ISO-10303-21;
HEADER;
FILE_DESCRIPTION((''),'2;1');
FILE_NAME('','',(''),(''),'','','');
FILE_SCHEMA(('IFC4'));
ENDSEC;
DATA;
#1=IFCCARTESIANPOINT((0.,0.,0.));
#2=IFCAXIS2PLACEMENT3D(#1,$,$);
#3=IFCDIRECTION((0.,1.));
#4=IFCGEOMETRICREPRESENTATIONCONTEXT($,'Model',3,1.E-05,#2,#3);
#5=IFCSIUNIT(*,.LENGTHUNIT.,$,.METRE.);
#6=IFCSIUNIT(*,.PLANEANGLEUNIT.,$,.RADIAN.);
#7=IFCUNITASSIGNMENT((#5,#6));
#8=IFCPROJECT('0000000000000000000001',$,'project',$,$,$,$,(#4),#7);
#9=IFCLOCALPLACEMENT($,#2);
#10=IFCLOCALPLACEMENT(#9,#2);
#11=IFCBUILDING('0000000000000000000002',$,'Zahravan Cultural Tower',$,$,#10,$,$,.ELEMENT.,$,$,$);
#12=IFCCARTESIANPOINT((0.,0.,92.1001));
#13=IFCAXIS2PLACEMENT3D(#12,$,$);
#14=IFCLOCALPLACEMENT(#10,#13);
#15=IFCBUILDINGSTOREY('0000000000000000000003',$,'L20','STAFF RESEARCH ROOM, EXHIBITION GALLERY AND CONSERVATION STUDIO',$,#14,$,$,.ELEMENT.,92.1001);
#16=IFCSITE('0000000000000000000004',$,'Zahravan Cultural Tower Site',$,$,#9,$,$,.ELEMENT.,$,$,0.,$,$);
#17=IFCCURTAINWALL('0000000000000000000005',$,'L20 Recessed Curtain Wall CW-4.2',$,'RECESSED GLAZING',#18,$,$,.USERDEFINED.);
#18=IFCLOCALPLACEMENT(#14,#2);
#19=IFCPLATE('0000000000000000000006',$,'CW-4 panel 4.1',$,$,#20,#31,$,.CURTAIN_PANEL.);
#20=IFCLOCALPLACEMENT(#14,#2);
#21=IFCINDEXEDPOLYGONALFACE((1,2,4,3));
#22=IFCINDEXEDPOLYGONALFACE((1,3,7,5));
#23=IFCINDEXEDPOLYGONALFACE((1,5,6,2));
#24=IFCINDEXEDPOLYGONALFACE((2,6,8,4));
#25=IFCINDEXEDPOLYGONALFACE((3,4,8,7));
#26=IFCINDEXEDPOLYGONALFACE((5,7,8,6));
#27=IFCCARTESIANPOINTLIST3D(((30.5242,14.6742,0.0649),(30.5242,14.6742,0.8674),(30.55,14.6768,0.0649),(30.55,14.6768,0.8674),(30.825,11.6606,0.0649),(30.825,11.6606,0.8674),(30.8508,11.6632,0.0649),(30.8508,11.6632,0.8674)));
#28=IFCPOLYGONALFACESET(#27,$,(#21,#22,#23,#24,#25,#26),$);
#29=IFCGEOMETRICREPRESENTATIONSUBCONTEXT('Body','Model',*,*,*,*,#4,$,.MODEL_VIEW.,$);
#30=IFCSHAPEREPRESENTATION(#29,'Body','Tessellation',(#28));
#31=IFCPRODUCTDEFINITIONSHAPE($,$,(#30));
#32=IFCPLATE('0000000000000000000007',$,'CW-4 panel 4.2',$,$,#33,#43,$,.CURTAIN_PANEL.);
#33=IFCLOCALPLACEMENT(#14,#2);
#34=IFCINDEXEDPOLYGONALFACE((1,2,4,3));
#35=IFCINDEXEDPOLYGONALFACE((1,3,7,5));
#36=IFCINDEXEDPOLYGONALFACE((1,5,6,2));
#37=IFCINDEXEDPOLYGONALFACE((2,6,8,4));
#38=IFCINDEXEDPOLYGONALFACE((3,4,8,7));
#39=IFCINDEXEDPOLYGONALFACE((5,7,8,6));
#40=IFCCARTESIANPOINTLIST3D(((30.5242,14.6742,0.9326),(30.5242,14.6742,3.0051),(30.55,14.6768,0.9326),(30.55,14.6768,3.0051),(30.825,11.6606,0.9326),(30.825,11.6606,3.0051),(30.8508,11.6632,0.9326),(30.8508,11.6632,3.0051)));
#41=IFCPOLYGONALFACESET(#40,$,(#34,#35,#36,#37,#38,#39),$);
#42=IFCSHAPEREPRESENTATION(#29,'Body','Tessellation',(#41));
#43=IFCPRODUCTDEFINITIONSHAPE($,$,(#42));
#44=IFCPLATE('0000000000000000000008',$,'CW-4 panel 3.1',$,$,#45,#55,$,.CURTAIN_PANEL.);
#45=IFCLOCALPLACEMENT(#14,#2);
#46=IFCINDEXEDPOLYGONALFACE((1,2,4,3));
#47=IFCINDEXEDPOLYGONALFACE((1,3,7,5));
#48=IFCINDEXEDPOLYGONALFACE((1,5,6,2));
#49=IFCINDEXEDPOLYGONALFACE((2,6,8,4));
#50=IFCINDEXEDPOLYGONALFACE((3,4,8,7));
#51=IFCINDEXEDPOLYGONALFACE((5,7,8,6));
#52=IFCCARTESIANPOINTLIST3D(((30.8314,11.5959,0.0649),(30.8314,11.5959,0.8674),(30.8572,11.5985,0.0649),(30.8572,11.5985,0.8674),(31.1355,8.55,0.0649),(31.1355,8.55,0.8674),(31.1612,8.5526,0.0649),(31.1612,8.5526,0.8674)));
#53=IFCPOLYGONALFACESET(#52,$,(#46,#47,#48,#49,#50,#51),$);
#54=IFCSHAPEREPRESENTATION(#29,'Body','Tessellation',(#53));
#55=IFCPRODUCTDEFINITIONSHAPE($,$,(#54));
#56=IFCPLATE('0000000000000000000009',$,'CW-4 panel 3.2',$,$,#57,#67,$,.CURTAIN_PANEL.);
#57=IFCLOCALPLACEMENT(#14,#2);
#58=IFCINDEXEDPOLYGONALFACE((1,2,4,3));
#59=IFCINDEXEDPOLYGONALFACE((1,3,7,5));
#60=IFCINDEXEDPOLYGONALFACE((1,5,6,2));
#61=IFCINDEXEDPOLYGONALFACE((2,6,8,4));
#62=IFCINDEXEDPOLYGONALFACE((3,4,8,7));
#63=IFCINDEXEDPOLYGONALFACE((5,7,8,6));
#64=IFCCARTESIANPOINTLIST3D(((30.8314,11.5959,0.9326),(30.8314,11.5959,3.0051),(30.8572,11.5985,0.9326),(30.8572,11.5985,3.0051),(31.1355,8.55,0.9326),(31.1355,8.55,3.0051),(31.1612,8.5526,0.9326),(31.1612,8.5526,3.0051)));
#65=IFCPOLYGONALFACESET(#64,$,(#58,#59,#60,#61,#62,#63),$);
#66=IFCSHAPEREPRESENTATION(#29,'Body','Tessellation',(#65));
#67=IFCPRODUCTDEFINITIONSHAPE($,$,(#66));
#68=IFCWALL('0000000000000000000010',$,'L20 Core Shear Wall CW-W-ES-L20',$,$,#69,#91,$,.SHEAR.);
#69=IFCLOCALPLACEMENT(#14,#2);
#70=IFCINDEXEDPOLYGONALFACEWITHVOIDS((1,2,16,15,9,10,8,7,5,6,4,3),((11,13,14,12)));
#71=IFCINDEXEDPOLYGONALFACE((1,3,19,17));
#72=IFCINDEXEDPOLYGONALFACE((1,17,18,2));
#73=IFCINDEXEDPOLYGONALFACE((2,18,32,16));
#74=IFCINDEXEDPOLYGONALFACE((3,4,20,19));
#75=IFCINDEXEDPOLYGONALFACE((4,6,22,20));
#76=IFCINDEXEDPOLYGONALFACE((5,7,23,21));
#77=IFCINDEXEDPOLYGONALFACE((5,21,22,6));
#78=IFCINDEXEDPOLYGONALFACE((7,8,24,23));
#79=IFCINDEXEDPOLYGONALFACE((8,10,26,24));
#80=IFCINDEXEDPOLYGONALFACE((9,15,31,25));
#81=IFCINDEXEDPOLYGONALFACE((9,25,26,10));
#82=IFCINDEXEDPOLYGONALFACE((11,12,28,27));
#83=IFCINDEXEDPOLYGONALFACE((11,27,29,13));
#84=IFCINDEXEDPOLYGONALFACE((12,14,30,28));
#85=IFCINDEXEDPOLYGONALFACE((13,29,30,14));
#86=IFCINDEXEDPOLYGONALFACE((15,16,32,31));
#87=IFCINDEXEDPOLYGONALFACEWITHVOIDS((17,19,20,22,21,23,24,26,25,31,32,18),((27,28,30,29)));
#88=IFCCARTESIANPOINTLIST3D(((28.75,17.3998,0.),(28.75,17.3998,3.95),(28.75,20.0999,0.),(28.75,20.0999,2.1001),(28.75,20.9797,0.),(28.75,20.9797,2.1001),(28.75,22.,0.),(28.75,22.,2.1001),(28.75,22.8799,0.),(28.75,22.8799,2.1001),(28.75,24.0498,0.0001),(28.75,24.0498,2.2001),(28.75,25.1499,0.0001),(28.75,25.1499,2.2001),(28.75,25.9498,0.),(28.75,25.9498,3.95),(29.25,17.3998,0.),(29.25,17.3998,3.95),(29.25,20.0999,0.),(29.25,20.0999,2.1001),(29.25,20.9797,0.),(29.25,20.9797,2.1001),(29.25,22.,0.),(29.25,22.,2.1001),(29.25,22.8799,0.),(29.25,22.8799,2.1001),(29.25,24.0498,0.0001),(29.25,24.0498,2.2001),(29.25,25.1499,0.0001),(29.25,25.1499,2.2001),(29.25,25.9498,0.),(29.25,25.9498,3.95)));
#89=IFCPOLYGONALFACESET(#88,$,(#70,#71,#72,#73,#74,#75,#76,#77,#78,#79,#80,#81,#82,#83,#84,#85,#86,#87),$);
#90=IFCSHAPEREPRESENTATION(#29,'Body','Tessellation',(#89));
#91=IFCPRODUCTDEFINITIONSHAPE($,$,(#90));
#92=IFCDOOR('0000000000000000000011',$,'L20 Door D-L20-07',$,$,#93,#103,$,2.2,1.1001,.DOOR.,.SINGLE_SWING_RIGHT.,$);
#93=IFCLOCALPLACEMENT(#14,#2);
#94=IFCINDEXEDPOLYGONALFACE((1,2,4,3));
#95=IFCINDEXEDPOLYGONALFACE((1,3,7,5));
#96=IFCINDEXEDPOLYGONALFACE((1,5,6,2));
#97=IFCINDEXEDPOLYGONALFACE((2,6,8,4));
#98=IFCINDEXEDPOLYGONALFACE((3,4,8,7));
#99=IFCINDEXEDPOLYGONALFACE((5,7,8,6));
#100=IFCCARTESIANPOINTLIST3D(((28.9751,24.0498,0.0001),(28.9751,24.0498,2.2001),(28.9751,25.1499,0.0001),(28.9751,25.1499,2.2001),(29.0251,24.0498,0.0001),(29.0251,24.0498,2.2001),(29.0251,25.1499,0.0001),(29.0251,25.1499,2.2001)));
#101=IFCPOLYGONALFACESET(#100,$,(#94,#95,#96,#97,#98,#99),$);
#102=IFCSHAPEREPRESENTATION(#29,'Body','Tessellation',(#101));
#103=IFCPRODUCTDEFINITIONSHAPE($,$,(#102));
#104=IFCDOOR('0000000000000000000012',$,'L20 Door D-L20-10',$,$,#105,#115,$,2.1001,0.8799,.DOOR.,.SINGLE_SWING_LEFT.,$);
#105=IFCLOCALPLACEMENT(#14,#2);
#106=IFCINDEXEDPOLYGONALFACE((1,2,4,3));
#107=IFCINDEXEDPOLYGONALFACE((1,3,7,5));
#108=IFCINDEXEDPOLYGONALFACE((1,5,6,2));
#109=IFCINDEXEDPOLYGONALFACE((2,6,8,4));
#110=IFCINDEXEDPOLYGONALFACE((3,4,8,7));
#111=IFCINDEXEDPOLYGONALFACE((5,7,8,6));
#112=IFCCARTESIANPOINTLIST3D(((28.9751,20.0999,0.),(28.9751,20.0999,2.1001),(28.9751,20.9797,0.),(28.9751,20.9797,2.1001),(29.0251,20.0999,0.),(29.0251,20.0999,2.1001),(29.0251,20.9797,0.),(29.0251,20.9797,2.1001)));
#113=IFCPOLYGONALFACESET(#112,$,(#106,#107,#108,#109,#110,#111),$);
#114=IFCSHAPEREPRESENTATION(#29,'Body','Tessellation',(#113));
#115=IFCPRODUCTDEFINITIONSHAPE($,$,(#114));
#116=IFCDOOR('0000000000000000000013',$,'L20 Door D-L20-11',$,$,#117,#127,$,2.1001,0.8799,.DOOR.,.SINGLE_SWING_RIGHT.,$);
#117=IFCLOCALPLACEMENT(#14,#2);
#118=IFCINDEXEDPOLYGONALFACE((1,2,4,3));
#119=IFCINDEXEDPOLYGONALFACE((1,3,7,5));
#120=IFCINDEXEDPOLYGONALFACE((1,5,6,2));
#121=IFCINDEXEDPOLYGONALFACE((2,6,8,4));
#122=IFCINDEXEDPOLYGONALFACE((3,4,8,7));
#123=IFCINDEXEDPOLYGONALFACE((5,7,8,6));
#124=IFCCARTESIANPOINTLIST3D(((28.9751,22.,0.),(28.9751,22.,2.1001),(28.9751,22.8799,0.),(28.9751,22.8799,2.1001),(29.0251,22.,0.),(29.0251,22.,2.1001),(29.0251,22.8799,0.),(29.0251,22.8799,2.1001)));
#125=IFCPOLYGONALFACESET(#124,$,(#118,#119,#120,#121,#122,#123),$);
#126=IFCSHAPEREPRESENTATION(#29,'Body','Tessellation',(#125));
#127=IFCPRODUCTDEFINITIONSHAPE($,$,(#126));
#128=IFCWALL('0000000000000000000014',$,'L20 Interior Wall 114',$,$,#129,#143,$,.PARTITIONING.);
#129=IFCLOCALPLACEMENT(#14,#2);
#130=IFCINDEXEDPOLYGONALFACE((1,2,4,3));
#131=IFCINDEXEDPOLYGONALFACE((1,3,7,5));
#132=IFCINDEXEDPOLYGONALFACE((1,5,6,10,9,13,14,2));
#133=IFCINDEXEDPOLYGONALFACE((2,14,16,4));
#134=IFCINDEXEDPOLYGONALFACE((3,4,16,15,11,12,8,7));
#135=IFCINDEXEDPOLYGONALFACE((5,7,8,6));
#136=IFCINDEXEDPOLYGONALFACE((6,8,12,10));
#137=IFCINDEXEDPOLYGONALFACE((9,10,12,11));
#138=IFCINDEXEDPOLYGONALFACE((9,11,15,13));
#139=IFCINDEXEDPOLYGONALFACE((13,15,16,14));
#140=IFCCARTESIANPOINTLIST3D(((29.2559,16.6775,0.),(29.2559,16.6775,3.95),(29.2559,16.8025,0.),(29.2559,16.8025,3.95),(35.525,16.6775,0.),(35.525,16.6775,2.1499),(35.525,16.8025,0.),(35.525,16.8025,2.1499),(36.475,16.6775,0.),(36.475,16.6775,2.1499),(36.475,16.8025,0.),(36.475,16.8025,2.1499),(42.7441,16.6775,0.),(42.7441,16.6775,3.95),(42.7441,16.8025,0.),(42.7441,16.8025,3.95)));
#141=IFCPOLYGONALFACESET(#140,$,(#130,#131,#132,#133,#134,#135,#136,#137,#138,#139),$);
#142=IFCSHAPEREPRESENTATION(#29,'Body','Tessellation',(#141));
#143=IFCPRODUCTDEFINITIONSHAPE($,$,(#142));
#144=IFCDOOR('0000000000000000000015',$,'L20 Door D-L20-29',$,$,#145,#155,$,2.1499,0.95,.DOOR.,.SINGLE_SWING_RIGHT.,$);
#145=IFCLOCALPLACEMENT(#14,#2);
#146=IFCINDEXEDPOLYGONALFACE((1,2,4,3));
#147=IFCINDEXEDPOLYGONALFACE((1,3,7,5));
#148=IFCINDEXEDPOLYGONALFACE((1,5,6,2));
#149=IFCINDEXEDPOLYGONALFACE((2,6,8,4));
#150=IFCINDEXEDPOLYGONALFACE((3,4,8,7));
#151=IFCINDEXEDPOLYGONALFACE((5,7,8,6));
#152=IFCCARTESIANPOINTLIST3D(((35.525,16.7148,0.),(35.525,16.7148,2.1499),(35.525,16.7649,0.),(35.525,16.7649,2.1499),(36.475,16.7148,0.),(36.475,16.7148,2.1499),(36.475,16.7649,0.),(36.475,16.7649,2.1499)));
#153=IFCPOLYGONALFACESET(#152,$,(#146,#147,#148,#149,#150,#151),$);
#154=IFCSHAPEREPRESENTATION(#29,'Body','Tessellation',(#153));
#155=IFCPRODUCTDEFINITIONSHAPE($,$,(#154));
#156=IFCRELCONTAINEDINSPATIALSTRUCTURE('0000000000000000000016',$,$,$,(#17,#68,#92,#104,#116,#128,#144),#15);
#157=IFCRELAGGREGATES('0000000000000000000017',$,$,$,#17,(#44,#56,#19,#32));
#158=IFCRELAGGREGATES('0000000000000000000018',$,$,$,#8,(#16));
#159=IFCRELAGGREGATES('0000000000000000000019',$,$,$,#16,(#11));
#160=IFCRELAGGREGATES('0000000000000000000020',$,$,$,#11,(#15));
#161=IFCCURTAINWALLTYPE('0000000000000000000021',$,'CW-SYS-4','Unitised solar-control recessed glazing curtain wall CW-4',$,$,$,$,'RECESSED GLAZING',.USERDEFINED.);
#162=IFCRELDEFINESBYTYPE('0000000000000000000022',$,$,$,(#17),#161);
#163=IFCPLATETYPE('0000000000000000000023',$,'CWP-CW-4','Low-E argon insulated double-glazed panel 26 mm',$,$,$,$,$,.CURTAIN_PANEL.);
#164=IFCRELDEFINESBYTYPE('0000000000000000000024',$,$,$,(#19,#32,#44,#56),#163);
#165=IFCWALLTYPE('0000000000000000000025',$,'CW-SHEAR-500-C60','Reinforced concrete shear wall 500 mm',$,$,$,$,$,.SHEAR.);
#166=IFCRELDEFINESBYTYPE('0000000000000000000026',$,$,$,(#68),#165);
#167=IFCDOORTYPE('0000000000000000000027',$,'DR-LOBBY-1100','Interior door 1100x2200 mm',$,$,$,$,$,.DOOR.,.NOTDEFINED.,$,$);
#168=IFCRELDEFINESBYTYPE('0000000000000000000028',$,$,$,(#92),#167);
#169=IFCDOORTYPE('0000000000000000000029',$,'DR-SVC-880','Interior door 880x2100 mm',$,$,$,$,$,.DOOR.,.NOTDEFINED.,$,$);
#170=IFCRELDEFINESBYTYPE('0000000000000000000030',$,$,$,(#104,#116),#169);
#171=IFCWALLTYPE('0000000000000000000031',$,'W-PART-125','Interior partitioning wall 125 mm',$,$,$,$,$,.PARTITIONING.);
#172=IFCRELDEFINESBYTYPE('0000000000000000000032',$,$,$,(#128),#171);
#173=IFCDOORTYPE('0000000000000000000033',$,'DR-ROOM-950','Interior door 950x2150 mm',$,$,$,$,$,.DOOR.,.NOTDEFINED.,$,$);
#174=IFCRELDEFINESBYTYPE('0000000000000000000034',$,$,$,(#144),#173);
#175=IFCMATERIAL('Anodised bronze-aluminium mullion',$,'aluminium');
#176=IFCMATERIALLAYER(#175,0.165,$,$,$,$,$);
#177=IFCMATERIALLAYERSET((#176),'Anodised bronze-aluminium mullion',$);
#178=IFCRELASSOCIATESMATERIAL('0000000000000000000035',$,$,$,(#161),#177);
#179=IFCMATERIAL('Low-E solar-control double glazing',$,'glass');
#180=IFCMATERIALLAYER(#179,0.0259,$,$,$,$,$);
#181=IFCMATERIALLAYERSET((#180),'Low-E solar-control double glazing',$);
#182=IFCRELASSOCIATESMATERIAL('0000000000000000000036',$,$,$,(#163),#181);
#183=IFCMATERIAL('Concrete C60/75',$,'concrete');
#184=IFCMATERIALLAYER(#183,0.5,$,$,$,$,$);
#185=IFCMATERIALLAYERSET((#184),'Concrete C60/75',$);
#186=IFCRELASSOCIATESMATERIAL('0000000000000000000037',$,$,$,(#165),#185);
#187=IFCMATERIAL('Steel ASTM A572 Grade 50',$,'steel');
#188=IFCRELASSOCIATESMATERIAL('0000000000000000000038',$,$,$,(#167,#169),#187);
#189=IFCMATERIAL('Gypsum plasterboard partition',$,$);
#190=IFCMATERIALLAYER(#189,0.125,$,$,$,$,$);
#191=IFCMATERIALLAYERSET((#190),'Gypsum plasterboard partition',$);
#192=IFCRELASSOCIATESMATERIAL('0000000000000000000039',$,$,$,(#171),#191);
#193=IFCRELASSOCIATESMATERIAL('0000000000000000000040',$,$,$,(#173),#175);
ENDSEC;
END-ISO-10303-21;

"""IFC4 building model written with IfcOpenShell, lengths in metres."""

from ifc_helpers import new_model, si_unit, direction, frame, frame_2d, origin, origin_2d, place, context, subcontext, project, spatial, rectangle, extrude, source, transform, mapped, material, layer, layer_set, type_object, element, fill, aggregate, save


model = new_model("IFC4")

# Units and contexts
model_context = context("Model", 3, precision=1e-05, world=origin(), true_north=direction((0.0, 1.0)))
body_context = subcontext(model_context, "Body", "Model", "MODEL_VIEW")
ifc_project = project(units=[si_unit("LENGTHUNIT", "METRE"), si_unit("PLANEANGLEUNIT", "RADIAN")], contexts=[model_context])

# Site, building, storey
site_placement = place(None, origin())
site = spatial("IfcSite", under=ifc_project, at=site_placement, Name="Zahravan Cultural Tower Site", CompositionType="ELEMENT", RefElevation=0.0)
building_placement = place(site_placement, origin())
building = spatial("IfcBuilding", under=site, at=building_placement, Name="Zahravan Cultural Tower", CompositionType="ELEMENT")
storey_placement = place(building_placement, frame((0.0, 0.0, 92.1001)))
storey = spatial("IfcBuildingStorey", under=building, at=storey_placement, Name="L20", Description="STAFF RESEARCH ROOM, EXHIBITION GALLERY AND CONSERVATION STUDIO", CompositionType="ELEMENT", Elevation=92.1001)

# Shared definitions
ifc_material_1 = material(Name="Concrete C60/75", Category="concrete")

# Curtain wall, plates
ifc_material_2 = material(Name="Anodised bronze-aluminium mullion", Category="aluminium")
ifc_layer_1 = layer(ifc_material_2, 0.165)
ifc_layer_set_1 = layer_set([ifc_layer_1], Name="Anodised bronze-aluminium mullion")
curtain_wall_type = type_object("IfcCurtainWallType", Name="CW-SYS-4", Description="Unitised solar-control recessed glazing curtain wall CW-4", ElementType="RECESSED GLAZING", PredefinedType="USERDEFINED", material=ifc_layer_set_1)
curtain_wall_placement = place(storey_placement, origin())
curtain_wall = element("IfcCurtainWall", 1, at=curtain_wall_placement, inside=storey, type_object=curtain_wall_type, Name="L20 Recessed Curtain Wall CW-4.2", ObjectType="RECESSED GLAZING", PredefinedType="USERDEFINED")
ifc_material_3 = material(Name="Low-E solar-control double glazing", Category="glass")
ifc_layer_2 = layer(ifc_material_3, 0.0259)
ifc_layer_set_2 = layer_set([ifc_layer_2], Name="Low-E solar-control double glazing")
plate_type = type_object("IfcPlateType", Name="CWP-CW-4", Description="Low-E argon insulated double-glazed panel 26 mm", PredefinedType="CURTAIN_PANEL", material=ifc_layer_set_2)
shared_shape_1 = source(origin(), body_context, "Body", "SweptSolid", [
    extrude(rectangle(XDim=3.0286, YDim=0.0259, at=origin_2d()), origin(), (0.0, 0.0, 1.0), 0.8025),
])
plate_1_placement = place(storey_placement, frame((30.6875, 13.1687, 0.0649), z_axis=(0.0, 0.0, 1.0), x_axis=(-0.099322, 0.995055, 0.0)))
plate_1 = element("IfcPlate", 2, at=plate_1_placement, type_object=plate_type, Name="CW-4 panel 4.1", PredefinedType="CURTAIN_PANEL", context=body_context, shape_type="MappedRepresentation", body=[
    mapped(shared_shape_1, transform((0.0, 0.0, 0.0), x_axis=(1.0, 0.0, 0.0), y_axis=(0.0, 1.0, 0.0), z_axis=(0.0, 0.0, 1.0), scale=1.0)),
])
shared_shape_2 = source(origin(), body_context, "Body", "SweptSolid", [
    extrude(rectangle(XDim=3.0286, YDim=0.0259, at=origin_2d()), origin(), (0.0, 0.0, 1.0), 2.0725),
])
plate_2_placement = place(storey_placement, frame((30.6875, 13.1687, 0.9326), z_axis=(0.0, 0.0, 1.0), x_axis=(-0.099322, 0.995055, 0.0)))
plate_2 = element("IfcPlate", 3, at=plate_2_placement, type_object=plate_type, Name="CW-4 panel 4.2", PredefinedType="CURTAIN_PANEL", context=body_context, shape_type="MappedRepresentation", body=[
    mapped(shared_shape_2, transform((0.0, 0.0, 0.0), x_axis=(1.0, 0.0, 0.0), y_axis=(0.0, 1.0, 0.0), z_axis=(0.0, 0.0, 1.0), scale=1.0)),
])
shared_shape_3 = source(origin(), body_context, "Body", "SweptSolid", [
    extrude(rectangle(XDim=3.061, YDim=0.0259, at=origin_2d()), origin(), (0.0, 0.0, 1.0), 0.8025),
])
plate_3_placement = place(storey_placement, frame((30.9963, 10.0742, 0.0649), z_axis=(0.0, 0.0, 1.0), x_axis=(-0.099322, 0.995055, 0.0)))
plate_3 = element("IfcPlate", 4, at=plate_3_placement, type_object=plate_type, Name="CW-4 panel 3.1", PredefinedType="CURTAIN_PANEL", context=body_context, shape_type="MappedRepresentation", body=[
    mapped(shared_shape_3, transform((0.0, 0.0, 0.0), x_axis=(1.0, 0.0, 0.0), y_axis=(0.0, 1.0, 0.0), z_axis=(0.0, 0.0, 1.0), scale=1.0)),
])
shared_shape_4 = source(origin(), body_context, "Body", "SweptSolid", [
    extrude(rectangle(XDim=3.061, YDim=0.0259, at=origin_2d()), origin(), (0.0, 0.0, 1.0), 2.0725),
])
plate_4_placement = place(storey_placement, frame((30.9963, 10.0742, 0.9326), z_axis=(0.0, 0.0, 1.0), x_axis=(-0.099322, 0.995055, 0.0)))
plate_4 = element("IfcPlate", 5, at=plate_4_placement, type_object=plate_type, Name="CW-4 panel 3.2", PredefinedType="CURTAIN_PANEL", context=body_context, shape_type="MappedRepresentation", body=[
    mapped(shared_shape_4, transform((0.0, 0.0, 0.0), x_axis=(1.0, 0.0, 0.0), y_axis=(0.0, 1.0, 0.0), z_axis=(0.0, 0.0, 1.0), scale=1.0)),
])
aggregate(curtain_wall, [plate_3, plate_4, plate_1, plate_2])

# Wall, openings, doors
ifc_layer_3 = layer(ifc_material_1, 0.5)
ifc_layer_set_3 = layer_set([ifc_layer_3], Name="Concrete C60/75")
wall_type_1 = type_object("IfcWallType", Name="CW-SHEAR-500-C60", Description="Reinforced concrete shear wall 500 mm", PredefinedType="SHEAR", material=ifc_layer_set_3)
wall_1_placement = place(storey_placement, frame((29.0, 17.3999, 0.0), z_axis=(0.0, 0.0, 1.0), x_axis=(0.0, 1.0, 0.0)))
wall_1 = element("IfcWall", 6, at=wall_1_placement, inside=storey, type_object=wall_type_1, Name="L20 Core Shear Wall CW-W-ES-L20", PredefinedType="SHEAR", context=body_context, shape_type="SweptSolid", body=[
    extrude(rectangle(XDim=8.55, YDim=0.5, at=frame_2d((4.2749, 0.0))), origin(), (0.0, 0.0, 1.0), 3.95),
])
opening_1_placement = place(wall_1_placement, frame((6.6499, 0.0, 0.0)))
opening_1 = element("IfcOpeningElement", 7, at=opening_1_placement, cuts=wall_1, PredefinedType="OPENING", context=body_context, shape_type="SweptSolid", body=[
    extrude(rectangle(XDim=1.1001, YDim=2.2, at=frame_2d((0.55, 1.1001))), frame((0.0, 0.26, 0.0), z_axis=(0.0, -1.0, 0.0), x_axis=(1.0, 0.0, 0.0)), (0.0, 0.0, 1.0), 0.52),
])
opening_2_placement = place(wall_1_placement, frame((2.7, 0.0, 0.0)))
opening_2 = element("IfcOpeningElement", 8, at=opening_2_placement, cuts=wall_1, PredefinedType="OPENING", context=body_context, shape_type="SweptSolid", body=[
    extrude(rectangle(XDim=0.8799, YDim=2.1001, at=frame_2d((0.4399, 1.05))), frame((0.0, 0.26, 0.0), z_axis=(0.0, -1.0, 0.0), x_axis=(1.0, 0.0, 0.0)), (0.0, 0.0, 1.0), 0.52),
])
opening_3_placement = place(wall_1_placement, frame((4.6001, 0.0, 0.0)))
opening_3 = element("IfcOpeningElement", 9, at=opening_3_placement, cuts=wall_1, PredefinedType="OPENING", context=body_context, shape_type="SweptSolid", body=[
    extrude(rectangle(XDim=0.8799, YDim=2.1001, at=frame_2d((0.4399, 1.05))), frame((0.0, 0.26, 0.0), z_axis=(0.0, -1.0, 0.0), x_axis=(1.0, 0.0, 0.0)), (0.0, 0.0, 1.0), 0.52),
])
ifc_material_4 = material(Name="Steel ASTM A572 Grade 50", Category="steel")
door_type_1 = type_object("IfcDoorType", Name="DR-LOBBY-1100", Description="Interior door 1100x2200 mm", OperationType="NOTDEFINED", PredefinedType="DOOR", material=ifc_material_4)
shared_shape_5 = source(origin(), body_context, "Body", "SweptSolid", [
    extrude(rectangle(XDim=1.1001, YDim=2.2, at=frame_2d((0.55, 1.1001))), frame((0.0, 0.0249, 0.0), z_axis=(0.0, -1.0, 0.0), x_axis=(1.0, 0.0, 0.0)), (0.0, 0.0, 1.0), 0.05),
])
door_1_placement = place(opening_1_placement, origin())
door_1 = element("IfcDoor", 10, at=door_1_placement, inside=storey, type_object=door_type_1, Name="L20 Door D-L20-07", OperationType="SINGLE_SWING_RIGHT", OverallHeight=2.2, OverallWidth=1.1001, PredefinedType="DOOR", context=body_context, shape_type="MappedRepresentation", body=[
    mapped(shared_shape_5, transform((0.0, 0.0, 0.0), x_axis=(1.0, 0.0, 0.0), y_axis=(0.0, 1.0, 0.0), z_axis=(0.0, 0.0, 1.0), scale=1.0)),
])
fill(opening_1, door_1)
door_type_2 = type_object("IfcDoorType", Name="DR-SVC-880", Description="Interior door 880x2100 mm", OperationType="NOTDEFINED", PredefinedType="DOOR", material=ifc_material_4)
shared_shape_6 = source(origin(), body_context, "Body", "SweptSolid", [
    extrude(rectangle(XDim=0.8799, YDim=2.1001, at=frame_2d((0.4399, 1.05))), frame((0.0, 0.0249, 0.0), z_axis=(0.0, -1.0, 0.0), x_axis=(1.0, 0.0, 0.0)), (0.0, 0.0, 1.0), 0.05),
])
door_2_placement = place(opening_2_placement, origin())
door_2 = element("IfcDoor", 11, at=door_2_placement, inside=storey, type_object=door_type_2, Name="L20 Door D-L20-10", OperationType="SINGLE_SWING_LEFT", OverallHeight=2.1001, OverallWidth=0.8799, PredefinedType="DOOR", context=body_context, shape_type="MappedRepresentation", body=[
    mapped(shared_shape_6, transform((0.0, 0.0, 0.0), x_axis=(1.0, 0.0, 0.0), y_axis=(0.0, 1.0, 0.0), z_axis=(0.0, 0.0, 1.0), scale=1.0)),
])
fill(opening_2, door_2)
door_3_placement = place(opening_3_placement, origin())
door_3 = element("IfcDoor", 12, at=door_3_placement, inside=storey, type_object=door_type_2, Name="L20 Door D-L20-11", OperationType="SINGLE_SWING_RIGHT", OverallHeight=2.1001, OverallWidth=0.8799, PredefinedType="DOOR", context=body_context, shape_type="MappedRepresentation", body=[
    mapped(shared_shape_6, transform((0.0, 0.0, 0.0), x_axis=(1.0, 0.0, 0.0), y_axis=(0.0, 1.0, 0.0), z_axis=(0.0, 0.0, 1.0), scale=1.0)),
])
fill(opening_3, door_3)

# Wall, opening, door
ifc_material_5 = material(Name="Gypsum plasterboard partition")
ifc_layer_4 = layer(ifc_material_5, 0.125)
ifc_layer_set_4 = layer_set([ifc_layer_4], Name="Gypsum plasterboard partition")
wall_type_2 = type_object("IfcWallType", Name="W-PART-125", Description="Interior partitioning wall 125 mm", PredefinedType="PARTITIONING", material=ifc_layer_set_4)
wall_2_placement = place(storey_placement, frame((29.2559, 16.74, 0.0), z_axis=(0.0, 0.0, 1.0), x_axis=(1.0, 0.0, 0.0)))
wall_2 = element("IfcWall", 13, at=wall_2_placement, inside=storey, type_object=wall_type_2, Name="L20 Interior Wall 114", PredefinedType="PARTITIONING", context=body_context, shape_type="SweptSolid", body=[
    extrude(rectangle(XDim=13.4883, YDim=0.125, at=frame_2d((6.7441, 0.0))), origin(), (0.0, 0.0, 1.0), 3.95),
])
opening_4_placement = place(wall_2_placement, frame((6.269, 0.0, 0.0)))
opening_4 = element("IfcOpeningElement", 14, at=opening_4_placement, cuts=wall_2, PredefinedType="OPENING", context=body_context, shape_type="SweptSolid", body=[
    extrude(rectangle(XDim=0.95, YDim=2.1499, at=frame_2d((0.4751, 1.075))), frame((0.0, 0.0725, 0.0), z_axis=(0.0, -1.0, 0.0), x_axis=(1.0, 0.0, 0.0)), (0.0, 0.0, 1.0), 0.145),
])
door_type_3 = type_object("IfcDoorType", Name="DR-ROOM-950", Description="Interior door 950x2150 mm", OperationType="NOTDEFINED", PredefinedType="DOOR", material=ifc_material_2)
shared_shape_7 = source(origin(), body_context, "Body", "SweptSolid", [
    extrude(rectangle(XDim=0.95, YDim=2.1499, at=frame_2d((0.4751, 1.075))), frame((0.0, 0.0249, 0.0), z_axis=(0.0, -1.0, 0.0), x_axis=(1.0, 0.0, 0.0)), (0.0, 0.0, 1.0), 0.05),
])
door_4_placement = place(opening_4_placement, origin())
door_4 = element("IfcDoor", 15, at=door_4_placement, inside=storey, type_object=door_type_3, Name="L20 Door D-L20-29", OperationType="SINGLE_SWING_RIGHT", OverallHeight=2.1499, OverallWidth=0.95, PredefinedType="DOOR", context=body_context, shape_type="MappedRepresentation", body=[
    mapped(shared_shape_7, transform((0.0, 0.0, 0.0), x_axis=(1.0, 0.0, 0.0), y_axis=(0.0, 1.0, 0.0), z_axis=(0.0, 0.0, 1.0), scale=1.0)),
])
fill(opening_4, door_4)

save(model, "model.ifc")
